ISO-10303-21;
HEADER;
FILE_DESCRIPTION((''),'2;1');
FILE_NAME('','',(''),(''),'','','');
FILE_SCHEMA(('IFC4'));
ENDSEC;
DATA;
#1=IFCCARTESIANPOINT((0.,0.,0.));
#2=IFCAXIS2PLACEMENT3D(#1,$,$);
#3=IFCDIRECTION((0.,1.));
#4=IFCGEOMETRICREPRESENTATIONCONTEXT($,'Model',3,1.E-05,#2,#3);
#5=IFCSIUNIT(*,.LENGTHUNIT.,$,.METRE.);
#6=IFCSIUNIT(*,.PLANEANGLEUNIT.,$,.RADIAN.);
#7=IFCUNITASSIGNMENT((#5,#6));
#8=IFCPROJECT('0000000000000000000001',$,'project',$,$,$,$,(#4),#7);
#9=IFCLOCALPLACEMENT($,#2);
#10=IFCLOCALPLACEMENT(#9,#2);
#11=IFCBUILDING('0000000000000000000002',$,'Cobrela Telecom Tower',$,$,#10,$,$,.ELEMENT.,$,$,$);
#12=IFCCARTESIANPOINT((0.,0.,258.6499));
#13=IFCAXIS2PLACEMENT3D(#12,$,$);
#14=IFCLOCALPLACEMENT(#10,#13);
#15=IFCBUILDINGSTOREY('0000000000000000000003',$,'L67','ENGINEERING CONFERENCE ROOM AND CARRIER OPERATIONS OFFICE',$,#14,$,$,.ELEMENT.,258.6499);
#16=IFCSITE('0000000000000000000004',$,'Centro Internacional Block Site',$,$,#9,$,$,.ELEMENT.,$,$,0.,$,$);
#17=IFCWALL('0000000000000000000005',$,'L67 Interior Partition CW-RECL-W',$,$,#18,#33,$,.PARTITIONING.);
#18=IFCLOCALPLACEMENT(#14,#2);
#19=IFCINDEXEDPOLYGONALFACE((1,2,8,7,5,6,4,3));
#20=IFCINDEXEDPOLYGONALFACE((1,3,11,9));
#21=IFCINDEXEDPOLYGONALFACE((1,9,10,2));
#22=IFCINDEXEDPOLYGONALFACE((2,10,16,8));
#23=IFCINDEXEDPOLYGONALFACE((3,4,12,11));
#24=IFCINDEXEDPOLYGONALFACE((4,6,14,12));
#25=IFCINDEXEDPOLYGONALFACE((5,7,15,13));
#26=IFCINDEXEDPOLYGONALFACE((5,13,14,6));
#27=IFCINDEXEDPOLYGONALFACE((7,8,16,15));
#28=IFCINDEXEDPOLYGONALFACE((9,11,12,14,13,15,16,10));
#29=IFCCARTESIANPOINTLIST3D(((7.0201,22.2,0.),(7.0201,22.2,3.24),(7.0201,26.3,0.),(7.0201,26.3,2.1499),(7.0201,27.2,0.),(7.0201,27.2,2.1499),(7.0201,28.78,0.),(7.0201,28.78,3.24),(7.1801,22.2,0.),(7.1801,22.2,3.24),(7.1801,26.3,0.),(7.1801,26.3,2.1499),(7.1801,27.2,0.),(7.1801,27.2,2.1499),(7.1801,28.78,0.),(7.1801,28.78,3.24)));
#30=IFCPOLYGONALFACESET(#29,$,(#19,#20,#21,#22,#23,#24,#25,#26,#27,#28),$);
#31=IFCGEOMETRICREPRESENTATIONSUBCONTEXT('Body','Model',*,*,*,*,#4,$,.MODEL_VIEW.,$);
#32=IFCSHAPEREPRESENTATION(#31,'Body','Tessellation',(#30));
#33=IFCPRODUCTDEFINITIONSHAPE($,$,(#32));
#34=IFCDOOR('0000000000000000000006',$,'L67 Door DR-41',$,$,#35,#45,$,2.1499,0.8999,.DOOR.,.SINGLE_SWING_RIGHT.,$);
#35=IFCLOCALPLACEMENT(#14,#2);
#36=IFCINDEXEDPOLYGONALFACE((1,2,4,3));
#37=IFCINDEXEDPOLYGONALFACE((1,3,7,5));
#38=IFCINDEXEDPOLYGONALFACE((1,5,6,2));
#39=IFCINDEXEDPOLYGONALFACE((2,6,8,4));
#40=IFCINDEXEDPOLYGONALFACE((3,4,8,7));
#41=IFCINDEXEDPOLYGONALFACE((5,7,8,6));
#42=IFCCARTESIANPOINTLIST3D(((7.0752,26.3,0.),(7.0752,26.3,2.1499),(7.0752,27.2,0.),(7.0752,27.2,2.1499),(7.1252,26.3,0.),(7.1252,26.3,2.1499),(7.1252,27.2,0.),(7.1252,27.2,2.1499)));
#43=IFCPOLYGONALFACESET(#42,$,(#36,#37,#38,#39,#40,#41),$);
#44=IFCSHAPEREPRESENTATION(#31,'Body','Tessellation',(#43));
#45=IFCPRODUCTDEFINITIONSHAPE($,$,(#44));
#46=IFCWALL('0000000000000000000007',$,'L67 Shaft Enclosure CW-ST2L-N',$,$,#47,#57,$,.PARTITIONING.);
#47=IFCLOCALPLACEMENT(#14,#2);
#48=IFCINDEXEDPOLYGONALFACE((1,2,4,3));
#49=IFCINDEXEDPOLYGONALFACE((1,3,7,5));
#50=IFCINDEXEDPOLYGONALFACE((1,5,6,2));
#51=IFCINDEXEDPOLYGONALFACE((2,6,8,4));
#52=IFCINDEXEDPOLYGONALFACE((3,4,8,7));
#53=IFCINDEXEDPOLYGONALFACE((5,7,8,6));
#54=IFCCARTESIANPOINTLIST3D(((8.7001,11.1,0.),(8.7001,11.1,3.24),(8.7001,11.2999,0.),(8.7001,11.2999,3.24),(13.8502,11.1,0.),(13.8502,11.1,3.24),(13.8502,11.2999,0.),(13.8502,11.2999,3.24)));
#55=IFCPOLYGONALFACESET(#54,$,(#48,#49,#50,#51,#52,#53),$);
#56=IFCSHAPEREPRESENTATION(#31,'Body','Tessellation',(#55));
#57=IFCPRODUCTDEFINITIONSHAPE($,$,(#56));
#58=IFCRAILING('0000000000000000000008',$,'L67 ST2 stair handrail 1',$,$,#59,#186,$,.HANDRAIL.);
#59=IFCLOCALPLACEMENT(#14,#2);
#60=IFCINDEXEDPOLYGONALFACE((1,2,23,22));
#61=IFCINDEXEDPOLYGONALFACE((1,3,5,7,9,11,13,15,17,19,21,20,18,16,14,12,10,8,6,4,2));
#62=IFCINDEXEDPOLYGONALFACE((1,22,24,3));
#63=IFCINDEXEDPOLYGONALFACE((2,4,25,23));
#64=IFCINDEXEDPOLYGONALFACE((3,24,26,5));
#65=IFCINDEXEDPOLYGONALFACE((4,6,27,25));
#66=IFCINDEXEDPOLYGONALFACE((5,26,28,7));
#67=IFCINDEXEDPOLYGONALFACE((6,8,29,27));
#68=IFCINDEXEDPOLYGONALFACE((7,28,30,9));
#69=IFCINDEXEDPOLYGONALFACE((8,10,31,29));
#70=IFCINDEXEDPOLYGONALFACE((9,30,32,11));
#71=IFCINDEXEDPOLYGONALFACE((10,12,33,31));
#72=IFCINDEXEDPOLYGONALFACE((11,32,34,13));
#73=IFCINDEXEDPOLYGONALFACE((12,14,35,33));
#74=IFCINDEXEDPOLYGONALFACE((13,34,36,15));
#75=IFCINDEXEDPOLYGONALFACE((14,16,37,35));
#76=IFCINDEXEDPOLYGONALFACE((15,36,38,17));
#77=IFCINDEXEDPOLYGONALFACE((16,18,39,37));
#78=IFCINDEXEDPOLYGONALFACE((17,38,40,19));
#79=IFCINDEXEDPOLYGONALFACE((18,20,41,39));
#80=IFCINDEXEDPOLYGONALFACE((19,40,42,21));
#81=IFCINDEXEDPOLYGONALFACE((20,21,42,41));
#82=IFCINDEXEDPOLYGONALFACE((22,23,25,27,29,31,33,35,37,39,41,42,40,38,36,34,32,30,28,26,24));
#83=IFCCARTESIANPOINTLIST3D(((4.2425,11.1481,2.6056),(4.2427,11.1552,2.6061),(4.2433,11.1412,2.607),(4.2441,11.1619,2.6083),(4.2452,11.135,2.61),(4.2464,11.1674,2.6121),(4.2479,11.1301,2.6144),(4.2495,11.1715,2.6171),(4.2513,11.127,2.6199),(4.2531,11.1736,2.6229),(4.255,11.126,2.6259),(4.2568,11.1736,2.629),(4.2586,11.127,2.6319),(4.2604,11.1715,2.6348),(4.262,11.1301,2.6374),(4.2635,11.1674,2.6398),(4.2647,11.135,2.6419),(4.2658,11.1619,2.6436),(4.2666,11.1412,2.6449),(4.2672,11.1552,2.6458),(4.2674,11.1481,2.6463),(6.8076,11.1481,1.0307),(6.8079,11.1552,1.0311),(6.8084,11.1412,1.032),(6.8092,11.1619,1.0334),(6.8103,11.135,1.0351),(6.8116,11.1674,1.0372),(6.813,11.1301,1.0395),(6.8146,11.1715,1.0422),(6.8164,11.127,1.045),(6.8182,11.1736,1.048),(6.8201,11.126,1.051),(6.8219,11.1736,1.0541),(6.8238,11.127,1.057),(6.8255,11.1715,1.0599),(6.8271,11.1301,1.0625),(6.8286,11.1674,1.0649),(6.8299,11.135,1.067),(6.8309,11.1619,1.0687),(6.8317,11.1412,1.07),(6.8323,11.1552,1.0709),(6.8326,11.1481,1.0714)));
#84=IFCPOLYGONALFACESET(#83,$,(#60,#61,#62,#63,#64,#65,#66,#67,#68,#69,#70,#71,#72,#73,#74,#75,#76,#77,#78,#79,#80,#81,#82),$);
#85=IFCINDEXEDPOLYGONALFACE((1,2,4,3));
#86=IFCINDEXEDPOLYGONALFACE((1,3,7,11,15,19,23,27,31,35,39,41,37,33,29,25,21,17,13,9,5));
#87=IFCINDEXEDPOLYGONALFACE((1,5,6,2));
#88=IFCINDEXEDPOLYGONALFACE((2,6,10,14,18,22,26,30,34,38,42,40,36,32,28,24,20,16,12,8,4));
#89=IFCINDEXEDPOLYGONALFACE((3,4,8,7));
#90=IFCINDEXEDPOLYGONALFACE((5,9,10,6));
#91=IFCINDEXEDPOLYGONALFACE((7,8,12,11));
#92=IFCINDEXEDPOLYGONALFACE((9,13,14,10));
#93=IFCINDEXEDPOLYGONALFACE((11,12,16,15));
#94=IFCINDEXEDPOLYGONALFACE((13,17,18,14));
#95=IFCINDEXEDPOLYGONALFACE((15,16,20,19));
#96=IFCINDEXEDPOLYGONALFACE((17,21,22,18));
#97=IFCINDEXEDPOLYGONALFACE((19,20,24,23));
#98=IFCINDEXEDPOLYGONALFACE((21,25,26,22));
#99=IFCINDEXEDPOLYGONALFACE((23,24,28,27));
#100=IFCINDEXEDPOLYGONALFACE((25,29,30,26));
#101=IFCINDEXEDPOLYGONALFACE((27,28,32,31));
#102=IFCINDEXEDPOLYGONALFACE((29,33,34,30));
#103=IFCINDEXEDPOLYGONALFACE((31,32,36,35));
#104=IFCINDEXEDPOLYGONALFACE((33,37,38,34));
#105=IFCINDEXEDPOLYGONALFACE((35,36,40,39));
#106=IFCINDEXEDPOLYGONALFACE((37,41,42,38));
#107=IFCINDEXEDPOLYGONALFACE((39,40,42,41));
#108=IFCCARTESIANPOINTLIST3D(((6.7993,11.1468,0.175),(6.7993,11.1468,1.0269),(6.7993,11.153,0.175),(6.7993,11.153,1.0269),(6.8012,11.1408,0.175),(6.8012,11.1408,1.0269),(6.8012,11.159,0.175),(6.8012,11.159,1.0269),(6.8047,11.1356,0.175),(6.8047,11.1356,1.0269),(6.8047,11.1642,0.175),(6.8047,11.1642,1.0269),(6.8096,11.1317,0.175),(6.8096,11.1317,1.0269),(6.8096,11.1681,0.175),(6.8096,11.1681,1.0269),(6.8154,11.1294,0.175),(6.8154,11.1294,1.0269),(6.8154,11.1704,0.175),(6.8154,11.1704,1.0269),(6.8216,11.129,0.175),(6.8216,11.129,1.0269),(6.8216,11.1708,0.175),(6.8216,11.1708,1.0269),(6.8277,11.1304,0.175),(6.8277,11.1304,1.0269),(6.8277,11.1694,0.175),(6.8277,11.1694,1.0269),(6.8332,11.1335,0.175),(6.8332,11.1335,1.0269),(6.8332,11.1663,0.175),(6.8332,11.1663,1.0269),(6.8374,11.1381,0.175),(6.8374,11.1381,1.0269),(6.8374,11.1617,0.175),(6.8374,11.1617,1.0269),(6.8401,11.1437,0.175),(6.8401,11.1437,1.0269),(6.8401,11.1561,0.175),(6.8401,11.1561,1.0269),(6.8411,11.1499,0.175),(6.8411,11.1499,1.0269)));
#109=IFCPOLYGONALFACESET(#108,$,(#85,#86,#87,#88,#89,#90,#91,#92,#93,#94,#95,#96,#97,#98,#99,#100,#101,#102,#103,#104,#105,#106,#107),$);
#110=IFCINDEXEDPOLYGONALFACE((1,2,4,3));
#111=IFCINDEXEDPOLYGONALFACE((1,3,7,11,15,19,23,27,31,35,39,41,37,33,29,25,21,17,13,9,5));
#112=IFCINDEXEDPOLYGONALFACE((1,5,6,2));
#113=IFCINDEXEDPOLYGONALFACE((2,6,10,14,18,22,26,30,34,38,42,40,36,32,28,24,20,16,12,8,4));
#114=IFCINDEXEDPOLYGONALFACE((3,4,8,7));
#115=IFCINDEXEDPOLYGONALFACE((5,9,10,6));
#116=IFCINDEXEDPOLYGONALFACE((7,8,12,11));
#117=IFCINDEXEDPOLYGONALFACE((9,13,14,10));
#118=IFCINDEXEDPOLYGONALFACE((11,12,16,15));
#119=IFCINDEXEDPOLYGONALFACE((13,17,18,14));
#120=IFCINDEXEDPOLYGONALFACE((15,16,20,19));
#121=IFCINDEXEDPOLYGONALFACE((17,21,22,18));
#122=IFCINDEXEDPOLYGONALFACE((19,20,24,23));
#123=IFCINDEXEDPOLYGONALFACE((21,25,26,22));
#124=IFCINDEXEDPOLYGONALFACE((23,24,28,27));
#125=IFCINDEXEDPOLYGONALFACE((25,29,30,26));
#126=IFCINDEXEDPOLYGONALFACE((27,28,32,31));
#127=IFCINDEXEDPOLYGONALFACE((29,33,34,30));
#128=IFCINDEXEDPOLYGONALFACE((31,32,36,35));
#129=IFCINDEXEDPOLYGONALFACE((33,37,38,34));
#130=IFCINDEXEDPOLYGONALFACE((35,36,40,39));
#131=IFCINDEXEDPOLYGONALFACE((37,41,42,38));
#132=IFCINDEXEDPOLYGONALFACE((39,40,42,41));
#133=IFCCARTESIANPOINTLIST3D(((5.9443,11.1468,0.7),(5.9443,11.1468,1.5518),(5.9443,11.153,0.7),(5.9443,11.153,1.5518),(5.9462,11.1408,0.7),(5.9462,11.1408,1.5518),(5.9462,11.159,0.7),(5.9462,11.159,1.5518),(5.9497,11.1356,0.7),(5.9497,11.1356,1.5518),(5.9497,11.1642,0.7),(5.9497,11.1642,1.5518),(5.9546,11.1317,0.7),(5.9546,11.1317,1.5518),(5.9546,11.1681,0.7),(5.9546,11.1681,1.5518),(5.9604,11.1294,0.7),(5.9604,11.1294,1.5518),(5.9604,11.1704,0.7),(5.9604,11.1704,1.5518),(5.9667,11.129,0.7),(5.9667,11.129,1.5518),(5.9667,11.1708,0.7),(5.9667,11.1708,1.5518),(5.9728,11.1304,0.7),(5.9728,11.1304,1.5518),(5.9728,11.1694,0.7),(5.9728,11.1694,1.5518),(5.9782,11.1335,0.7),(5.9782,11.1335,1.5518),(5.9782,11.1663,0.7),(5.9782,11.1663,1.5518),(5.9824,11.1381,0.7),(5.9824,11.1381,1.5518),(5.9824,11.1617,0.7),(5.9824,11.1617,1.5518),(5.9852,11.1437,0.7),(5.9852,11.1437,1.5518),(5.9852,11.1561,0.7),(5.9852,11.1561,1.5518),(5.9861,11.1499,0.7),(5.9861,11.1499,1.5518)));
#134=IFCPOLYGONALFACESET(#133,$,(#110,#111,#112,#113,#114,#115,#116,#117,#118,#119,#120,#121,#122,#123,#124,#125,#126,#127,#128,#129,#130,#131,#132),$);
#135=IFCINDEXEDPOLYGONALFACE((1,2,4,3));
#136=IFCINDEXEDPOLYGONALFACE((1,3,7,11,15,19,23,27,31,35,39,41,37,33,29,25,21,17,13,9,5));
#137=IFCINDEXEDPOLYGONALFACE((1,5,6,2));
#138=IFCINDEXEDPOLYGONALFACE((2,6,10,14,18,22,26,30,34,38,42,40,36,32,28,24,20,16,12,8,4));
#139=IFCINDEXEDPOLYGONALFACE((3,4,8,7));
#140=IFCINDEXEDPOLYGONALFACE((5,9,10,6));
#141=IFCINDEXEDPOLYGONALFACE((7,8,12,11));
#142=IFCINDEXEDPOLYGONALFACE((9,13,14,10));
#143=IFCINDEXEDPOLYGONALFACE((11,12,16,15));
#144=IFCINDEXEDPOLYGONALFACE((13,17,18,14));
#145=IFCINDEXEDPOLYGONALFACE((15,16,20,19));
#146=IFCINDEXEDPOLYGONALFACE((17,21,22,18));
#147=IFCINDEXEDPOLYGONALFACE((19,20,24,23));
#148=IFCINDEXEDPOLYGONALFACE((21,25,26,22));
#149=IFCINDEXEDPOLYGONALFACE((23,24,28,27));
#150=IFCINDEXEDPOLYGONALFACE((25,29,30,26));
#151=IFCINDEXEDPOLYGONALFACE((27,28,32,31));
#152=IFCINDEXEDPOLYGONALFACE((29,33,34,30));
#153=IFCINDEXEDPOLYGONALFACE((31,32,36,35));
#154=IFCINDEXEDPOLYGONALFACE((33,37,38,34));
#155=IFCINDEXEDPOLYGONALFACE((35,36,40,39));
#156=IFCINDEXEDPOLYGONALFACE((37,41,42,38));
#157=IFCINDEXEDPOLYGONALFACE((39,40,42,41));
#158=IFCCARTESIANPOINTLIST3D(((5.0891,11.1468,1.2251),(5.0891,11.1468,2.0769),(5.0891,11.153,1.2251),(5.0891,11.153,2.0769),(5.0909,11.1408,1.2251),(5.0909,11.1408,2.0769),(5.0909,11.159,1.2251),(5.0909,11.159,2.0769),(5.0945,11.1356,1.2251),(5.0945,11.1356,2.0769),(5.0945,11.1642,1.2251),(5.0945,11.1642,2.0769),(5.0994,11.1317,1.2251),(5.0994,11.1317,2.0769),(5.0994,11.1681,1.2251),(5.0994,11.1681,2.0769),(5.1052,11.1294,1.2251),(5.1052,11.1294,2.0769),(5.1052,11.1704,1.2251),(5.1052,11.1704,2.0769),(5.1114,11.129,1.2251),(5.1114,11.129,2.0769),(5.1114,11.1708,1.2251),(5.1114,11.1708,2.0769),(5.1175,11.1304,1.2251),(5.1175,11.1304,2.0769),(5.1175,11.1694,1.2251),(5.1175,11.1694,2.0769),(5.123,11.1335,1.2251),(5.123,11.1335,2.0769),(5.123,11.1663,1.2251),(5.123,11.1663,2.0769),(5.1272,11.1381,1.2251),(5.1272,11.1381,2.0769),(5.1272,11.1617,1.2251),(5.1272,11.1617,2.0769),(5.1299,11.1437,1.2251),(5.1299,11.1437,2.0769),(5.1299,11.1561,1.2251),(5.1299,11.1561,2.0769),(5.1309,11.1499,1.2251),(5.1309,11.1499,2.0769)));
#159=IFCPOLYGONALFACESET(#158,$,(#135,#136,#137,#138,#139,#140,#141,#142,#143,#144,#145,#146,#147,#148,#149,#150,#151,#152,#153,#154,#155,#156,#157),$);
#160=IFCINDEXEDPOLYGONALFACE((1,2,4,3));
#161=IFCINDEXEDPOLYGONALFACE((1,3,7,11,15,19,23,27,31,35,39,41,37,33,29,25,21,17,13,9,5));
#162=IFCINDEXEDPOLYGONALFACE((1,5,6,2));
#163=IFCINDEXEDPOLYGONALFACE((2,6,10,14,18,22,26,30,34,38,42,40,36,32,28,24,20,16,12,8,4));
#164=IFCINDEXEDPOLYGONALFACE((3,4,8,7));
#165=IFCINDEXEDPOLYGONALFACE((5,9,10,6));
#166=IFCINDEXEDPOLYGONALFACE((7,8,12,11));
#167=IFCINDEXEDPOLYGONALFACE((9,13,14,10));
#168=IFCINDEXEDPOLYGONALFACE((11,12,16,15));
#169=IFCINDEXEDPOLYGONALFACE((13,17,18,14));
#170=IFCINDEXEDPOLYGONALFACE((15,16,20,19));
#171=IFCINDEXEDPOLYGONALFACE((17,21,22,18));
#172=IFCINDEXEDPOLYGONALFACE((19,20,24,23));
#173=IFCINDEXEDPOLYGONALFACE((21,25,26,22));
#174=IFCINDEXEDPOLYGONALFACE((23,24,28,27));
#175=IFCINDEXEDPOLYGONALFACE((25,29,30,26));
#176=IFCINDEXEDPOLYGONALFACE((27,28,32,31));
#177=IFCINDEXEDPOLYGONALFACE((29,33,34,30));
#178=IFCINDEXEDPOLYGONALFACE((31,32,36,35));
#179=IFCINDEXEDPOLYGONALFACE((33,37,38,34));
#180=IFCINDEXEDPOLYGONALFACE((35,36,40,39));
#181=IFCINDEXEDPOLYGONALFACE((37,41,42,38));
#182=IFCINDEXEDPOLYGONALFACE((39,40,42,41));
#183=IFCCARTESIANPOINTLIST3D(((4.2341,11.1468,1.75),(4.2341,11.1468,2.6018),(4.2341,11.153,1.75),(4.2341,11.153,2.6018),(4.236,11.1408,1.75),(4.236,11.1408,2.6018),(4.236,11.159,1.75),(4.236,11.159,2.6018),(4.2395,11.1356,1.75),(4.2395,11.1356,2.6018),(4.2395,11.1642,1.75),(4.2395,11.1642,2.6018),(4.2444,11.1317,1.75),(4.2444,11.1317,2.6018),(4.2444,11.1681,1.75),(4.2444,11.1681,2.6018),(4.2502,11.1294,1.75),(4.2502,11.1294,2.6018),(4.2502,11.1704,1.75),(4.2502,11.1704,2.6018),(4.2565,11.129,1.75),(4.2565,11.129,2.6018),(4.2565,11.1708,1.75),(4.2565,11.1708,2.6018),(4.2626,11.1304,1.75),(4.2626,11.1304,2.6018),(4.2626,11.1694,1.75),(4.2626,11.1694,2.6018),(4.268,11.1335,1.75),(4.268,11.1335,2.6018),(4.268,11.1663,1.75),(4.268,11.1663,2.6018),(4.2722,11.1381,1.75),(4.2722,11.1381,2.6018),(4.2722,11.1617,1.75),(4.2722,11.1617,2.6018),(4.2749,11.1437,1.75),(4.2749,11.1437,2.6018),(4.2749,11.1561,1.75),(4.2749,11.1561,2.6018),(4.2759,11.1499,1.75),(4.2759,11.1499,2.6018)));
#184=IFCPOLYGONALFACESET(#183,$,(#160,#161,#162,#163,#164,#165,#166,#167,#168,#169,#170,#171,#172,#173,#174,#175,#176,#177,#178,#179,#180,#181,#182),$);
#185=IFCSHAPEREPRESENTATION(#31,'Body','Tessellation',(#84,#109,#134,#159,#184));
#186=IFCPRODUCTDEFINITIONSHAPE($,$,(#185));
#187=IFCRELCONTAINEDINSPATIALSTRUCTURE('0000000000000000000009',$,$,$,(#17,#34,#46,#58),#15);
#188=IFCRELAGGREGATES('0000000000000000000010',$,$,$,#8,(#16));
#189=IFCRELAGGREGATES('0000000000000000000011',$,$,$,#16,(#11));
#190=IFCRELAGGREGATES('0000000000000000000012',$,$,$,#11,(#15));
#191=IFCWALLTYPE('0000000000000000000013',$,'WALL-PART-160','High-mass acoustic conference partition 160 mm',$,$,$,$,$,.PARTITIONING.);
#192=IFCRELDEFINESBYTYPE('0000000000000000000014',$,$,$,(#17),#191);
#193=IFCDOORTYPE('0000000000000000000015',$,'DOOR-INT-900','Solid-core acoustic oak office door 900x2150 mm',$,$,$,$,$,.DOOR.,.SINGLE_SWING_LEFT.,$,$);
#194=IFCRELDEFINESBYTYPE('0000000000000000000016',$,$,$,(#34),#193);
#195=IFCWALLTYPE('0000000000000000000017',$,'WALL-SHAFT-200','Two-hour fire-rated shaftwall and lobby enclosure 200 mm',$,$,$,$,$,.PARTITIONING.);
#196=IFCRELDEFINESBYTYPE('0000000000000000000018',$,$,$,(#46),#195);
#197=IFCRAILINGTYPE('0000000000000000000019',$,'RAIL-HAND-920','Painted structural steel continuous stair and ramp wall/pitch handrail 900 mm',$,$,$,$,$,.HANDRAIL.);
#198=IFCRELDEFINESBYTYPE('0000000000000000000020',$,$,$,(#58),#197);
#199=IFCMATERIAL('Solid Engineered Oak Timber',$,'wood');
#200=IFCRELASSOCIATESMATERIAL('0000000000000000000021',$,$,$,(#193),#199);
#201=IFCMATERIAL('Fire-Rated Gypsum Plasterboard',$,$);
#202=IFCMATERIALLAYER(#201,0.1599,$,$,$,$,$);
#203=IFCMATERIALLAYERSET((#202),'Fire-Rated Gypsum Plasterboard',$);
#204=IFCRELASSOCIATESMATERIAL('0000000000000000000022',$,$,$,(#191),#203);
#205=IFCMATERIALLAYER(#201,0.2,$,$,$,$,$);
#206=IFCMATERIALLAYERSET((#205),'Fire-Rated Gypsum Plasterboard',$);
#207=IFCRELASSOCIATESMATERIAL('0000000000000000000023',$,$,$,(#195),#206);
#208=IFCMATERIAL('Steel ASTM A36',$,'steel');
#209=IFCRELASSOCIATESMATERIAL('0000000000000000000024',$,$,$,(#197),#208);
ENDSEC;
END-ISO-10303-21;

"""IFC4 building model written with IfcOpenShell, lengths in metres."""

from ifc_helpers import new_model, si_unit, direction, frame, frame_2d, origin, origin_2d, place, context, subcontext, project, spatial, rectangle, circle, extrude, material, layer, layer_set, type_object, element, fill, save


model = new_model("IFC4")

# Units and contexts
model_context = context("Model", 3, precision=1e-05, world=origin(), true_north=direction((0.0, 1.0)))
body_context = subcontext(model_context, "Body", "Model", "MODEL_VIEW")
ifc_project = project(units=[si_unit("LENGTHUNIT", "METRE"), si_unit("PLANEANGLEUNIT", "RADIAN")], contexts=[model_context])

# Site, building, storey
site_placement = place(None, origin())
site = spatial("IfcSite", under=ifc_project, at=site_placement, Name="Centro Internacional Block Site", CompositionType="ELEMENT", RefElevation=0.0)
building_placement = place(site_placement, origin())
building = spatial("IfcBuilding", under=site, at=building_placement, Name="Cobrela Telecom Tower", CompositionType="ELEMENT")
storey_placement = place(building_placement, frame((0.0, 0.0, 258.6499)))
storey = spatial("IfcBuildingStorey", under=building, at=storey_placement, Name="L67", Description="ENGINEERING CONFERENCE ROOM AND CARRIER OPERATIONS OFFICE", CompositionType="ELEMENT", Elevation=258.6499)

# Shared definitions
ifc_material_1 = material(Name="Fire-Rated Gypsum Plasterboard")
ifc_material_2 = material(Name="Solid Engineered Oak Timber", Category="wood")
door_type_1 = type_object("IfcDoorType", Name="DOOR-INT-900", Description="Solid-core acoustic oak office door 900x2150 mm", OperationType="SINGLE_SWING_LEFT", PredefinedType="DOOR", material=ifc_material_2)

# Wall, opening, door
ifc_layer_1 = layer(ifc_material_1, 0.1599)
ifc_layer_set_1 = layer_set([ifc_layer_1], Name="Fire-Rated Gypsum Plasterboard")
wall_type_1 = type_object("IfcWallType", Name="WALL-PART-160", Description="High-mass acoustic conference partition 160 mm", PredefinedType="PARTITIONING", material=ifc_layer_set_1)
wall_1_placement = place(storey_placement, frame((7.1001, 22.2, 0.0), z_axis=(0.0, 0.0, 1.0), x_axis=(0.0, 1.0, 0.0)))
wall_1 = element("IfcWall", 1, at=wall_1_placement, inside=storey, type_object=wall_type_1, Name="L67 Interior Partition CW-RECL-W", PredefinedType="PARTITIONING", context=body_context, shape_type="SweptSolid", body=[
    extrude(rectangle(XDim=6.5801, YDim=0.1599, at=frame_2d((3.29, 0.0))), origin(), (0.0, 0.0, 1.0), 3.24),
])
opening_1_placement = place(wall_1_placement, frame((4.1001, 0.0, 0.0)))
opening_1 = element("IfcOpeningElement", 2, at=opening_1_placement, cuts=wall_1, PredefinedType="OPENING", context=body_context, shape_type="SweptSolid", body=[
    extrude(rectangle(XDim=0.8999, YDim=2.1499, at=frame_2d((0.45, 1.075))), frame((0.0, 0.0918, 0.0), z_axis=(0.0, -1.0, 0.0), x_axis=(1.0, 0.0, 0.0)), (0.0, 0.0, 1.0), 0.1838),
])
door_1_placement = place(opening_1_placement, origin())
door_1 = element("IfcDoor", 3, at=door_1_placement, inside=storey, type_object=door_type_1, Name="L67 Door DR-41", OperationType="SINGLE_SWING_RIGHT", OverallHeight=2.1499, OverallWidth=0.8999, PredefinedType="DOOR", context=body_context, shape_type="SweptSolid", body=[
    extrude(rectangle(XDim=0.8999, YDim=2.1499, at=frame_2d((0.45, 1.075))), frame((0.0, 0.0249, 0.0), z_axis=(0.0, -1.0, 0.0), x_axis=(1.0, 0.0, 0.0)), (0.0, 0.0, 1.0), 0.05),
])
fill(opening_1, door_1)

# Wall
ifc_layer_2 = layer(ifc_material_1, 0.2)
ifc_layer_set_2 = layer_set([ifc_layer_2], Name="Fire-Rated Gypsum Plasterboard")
wall_type_2 = type_object("IfcWallType", Name="WALL-SHAFT-200", Description="Two-hour fire-rated shaftwall and lobby enclosure 200 mm", PredefinedType="PARTITIONING", material=ifc_layer_set_2)
wall_2_placement = place(storey_placement, frame((8.7, 11.2, 0.0), z_axis=(0.0, 0.0, 1.0), x_axis=(1.0, 0.0, 0.0)))
element("IfcWall", 4, at=wall_2_placement, inside=storey, type_object=wall_type_2, Name="L67 Shaft Enclosure CW-ST2L-N", PredefinedType="PARTITIONING", context=body_context, shape_type="SweptSolid", body=[
    extrude(rectangle(XDim=5.1501, YDim=0.2, at=frame_2d((2.5752, 0.0))), origin(), (0.0, 0.0, 1.0), 3.24),
])

# Railing
ifc_material_3 = material(Name="Steel ASTM A36", Category="steel")
railing_type = type_object("IfcRailingType", Name="RAIL-HAND-920", Description="Painted structural steel continuous stair and ramp wall/pitch handrail 900 mm", PredefinedType="HANDRAIL", material=ifc_material_3)
railing_placement = place(storey_placement, frame((6.8201, 11.1499, 0.175)))
element("IfcRailing", 5, at=railing_placement, inside=storey, type_object=railing_type, Name="L67 ST2 stair handrail 1", PredefinedType="HANDRAIL", context=body_context, shape_type="SweptSolid", body=[
    extrude(circle(Radius=0.0239, at=origin_2d()), frame((0.0, 0.0, 0.876), z_axis=(-0.852195, 0.0, 0.523224), x_axis=(0.0, -1.0, 0.0)), (0.0, 0.0, 1.0), 3.01),
    extrude(circle(Radius=0.021, at=origin_2d()), origin(), (0.0, 0.0, 1.0), 0.8518),
    extrude(circle(Radius=0.021, at=origin_2d()), frame((-0.855, 0.0, 0.5249)), (0.0, 0.0, 1.0), 0.8518),
    extrude(circle(Radius=0.021, at=origin_2d()), frame((-1.7102, 0.0, 1.05)), (0.0, 0.0, 1.0), 0.8518),
    extrude(circle(Radius=0.021, at=origin_2d()), frame((-2.5652, 0.0, 1.575)), (0.0, 0.0, 1.0), 0.8518),
])

save(model, "model.ifc")
